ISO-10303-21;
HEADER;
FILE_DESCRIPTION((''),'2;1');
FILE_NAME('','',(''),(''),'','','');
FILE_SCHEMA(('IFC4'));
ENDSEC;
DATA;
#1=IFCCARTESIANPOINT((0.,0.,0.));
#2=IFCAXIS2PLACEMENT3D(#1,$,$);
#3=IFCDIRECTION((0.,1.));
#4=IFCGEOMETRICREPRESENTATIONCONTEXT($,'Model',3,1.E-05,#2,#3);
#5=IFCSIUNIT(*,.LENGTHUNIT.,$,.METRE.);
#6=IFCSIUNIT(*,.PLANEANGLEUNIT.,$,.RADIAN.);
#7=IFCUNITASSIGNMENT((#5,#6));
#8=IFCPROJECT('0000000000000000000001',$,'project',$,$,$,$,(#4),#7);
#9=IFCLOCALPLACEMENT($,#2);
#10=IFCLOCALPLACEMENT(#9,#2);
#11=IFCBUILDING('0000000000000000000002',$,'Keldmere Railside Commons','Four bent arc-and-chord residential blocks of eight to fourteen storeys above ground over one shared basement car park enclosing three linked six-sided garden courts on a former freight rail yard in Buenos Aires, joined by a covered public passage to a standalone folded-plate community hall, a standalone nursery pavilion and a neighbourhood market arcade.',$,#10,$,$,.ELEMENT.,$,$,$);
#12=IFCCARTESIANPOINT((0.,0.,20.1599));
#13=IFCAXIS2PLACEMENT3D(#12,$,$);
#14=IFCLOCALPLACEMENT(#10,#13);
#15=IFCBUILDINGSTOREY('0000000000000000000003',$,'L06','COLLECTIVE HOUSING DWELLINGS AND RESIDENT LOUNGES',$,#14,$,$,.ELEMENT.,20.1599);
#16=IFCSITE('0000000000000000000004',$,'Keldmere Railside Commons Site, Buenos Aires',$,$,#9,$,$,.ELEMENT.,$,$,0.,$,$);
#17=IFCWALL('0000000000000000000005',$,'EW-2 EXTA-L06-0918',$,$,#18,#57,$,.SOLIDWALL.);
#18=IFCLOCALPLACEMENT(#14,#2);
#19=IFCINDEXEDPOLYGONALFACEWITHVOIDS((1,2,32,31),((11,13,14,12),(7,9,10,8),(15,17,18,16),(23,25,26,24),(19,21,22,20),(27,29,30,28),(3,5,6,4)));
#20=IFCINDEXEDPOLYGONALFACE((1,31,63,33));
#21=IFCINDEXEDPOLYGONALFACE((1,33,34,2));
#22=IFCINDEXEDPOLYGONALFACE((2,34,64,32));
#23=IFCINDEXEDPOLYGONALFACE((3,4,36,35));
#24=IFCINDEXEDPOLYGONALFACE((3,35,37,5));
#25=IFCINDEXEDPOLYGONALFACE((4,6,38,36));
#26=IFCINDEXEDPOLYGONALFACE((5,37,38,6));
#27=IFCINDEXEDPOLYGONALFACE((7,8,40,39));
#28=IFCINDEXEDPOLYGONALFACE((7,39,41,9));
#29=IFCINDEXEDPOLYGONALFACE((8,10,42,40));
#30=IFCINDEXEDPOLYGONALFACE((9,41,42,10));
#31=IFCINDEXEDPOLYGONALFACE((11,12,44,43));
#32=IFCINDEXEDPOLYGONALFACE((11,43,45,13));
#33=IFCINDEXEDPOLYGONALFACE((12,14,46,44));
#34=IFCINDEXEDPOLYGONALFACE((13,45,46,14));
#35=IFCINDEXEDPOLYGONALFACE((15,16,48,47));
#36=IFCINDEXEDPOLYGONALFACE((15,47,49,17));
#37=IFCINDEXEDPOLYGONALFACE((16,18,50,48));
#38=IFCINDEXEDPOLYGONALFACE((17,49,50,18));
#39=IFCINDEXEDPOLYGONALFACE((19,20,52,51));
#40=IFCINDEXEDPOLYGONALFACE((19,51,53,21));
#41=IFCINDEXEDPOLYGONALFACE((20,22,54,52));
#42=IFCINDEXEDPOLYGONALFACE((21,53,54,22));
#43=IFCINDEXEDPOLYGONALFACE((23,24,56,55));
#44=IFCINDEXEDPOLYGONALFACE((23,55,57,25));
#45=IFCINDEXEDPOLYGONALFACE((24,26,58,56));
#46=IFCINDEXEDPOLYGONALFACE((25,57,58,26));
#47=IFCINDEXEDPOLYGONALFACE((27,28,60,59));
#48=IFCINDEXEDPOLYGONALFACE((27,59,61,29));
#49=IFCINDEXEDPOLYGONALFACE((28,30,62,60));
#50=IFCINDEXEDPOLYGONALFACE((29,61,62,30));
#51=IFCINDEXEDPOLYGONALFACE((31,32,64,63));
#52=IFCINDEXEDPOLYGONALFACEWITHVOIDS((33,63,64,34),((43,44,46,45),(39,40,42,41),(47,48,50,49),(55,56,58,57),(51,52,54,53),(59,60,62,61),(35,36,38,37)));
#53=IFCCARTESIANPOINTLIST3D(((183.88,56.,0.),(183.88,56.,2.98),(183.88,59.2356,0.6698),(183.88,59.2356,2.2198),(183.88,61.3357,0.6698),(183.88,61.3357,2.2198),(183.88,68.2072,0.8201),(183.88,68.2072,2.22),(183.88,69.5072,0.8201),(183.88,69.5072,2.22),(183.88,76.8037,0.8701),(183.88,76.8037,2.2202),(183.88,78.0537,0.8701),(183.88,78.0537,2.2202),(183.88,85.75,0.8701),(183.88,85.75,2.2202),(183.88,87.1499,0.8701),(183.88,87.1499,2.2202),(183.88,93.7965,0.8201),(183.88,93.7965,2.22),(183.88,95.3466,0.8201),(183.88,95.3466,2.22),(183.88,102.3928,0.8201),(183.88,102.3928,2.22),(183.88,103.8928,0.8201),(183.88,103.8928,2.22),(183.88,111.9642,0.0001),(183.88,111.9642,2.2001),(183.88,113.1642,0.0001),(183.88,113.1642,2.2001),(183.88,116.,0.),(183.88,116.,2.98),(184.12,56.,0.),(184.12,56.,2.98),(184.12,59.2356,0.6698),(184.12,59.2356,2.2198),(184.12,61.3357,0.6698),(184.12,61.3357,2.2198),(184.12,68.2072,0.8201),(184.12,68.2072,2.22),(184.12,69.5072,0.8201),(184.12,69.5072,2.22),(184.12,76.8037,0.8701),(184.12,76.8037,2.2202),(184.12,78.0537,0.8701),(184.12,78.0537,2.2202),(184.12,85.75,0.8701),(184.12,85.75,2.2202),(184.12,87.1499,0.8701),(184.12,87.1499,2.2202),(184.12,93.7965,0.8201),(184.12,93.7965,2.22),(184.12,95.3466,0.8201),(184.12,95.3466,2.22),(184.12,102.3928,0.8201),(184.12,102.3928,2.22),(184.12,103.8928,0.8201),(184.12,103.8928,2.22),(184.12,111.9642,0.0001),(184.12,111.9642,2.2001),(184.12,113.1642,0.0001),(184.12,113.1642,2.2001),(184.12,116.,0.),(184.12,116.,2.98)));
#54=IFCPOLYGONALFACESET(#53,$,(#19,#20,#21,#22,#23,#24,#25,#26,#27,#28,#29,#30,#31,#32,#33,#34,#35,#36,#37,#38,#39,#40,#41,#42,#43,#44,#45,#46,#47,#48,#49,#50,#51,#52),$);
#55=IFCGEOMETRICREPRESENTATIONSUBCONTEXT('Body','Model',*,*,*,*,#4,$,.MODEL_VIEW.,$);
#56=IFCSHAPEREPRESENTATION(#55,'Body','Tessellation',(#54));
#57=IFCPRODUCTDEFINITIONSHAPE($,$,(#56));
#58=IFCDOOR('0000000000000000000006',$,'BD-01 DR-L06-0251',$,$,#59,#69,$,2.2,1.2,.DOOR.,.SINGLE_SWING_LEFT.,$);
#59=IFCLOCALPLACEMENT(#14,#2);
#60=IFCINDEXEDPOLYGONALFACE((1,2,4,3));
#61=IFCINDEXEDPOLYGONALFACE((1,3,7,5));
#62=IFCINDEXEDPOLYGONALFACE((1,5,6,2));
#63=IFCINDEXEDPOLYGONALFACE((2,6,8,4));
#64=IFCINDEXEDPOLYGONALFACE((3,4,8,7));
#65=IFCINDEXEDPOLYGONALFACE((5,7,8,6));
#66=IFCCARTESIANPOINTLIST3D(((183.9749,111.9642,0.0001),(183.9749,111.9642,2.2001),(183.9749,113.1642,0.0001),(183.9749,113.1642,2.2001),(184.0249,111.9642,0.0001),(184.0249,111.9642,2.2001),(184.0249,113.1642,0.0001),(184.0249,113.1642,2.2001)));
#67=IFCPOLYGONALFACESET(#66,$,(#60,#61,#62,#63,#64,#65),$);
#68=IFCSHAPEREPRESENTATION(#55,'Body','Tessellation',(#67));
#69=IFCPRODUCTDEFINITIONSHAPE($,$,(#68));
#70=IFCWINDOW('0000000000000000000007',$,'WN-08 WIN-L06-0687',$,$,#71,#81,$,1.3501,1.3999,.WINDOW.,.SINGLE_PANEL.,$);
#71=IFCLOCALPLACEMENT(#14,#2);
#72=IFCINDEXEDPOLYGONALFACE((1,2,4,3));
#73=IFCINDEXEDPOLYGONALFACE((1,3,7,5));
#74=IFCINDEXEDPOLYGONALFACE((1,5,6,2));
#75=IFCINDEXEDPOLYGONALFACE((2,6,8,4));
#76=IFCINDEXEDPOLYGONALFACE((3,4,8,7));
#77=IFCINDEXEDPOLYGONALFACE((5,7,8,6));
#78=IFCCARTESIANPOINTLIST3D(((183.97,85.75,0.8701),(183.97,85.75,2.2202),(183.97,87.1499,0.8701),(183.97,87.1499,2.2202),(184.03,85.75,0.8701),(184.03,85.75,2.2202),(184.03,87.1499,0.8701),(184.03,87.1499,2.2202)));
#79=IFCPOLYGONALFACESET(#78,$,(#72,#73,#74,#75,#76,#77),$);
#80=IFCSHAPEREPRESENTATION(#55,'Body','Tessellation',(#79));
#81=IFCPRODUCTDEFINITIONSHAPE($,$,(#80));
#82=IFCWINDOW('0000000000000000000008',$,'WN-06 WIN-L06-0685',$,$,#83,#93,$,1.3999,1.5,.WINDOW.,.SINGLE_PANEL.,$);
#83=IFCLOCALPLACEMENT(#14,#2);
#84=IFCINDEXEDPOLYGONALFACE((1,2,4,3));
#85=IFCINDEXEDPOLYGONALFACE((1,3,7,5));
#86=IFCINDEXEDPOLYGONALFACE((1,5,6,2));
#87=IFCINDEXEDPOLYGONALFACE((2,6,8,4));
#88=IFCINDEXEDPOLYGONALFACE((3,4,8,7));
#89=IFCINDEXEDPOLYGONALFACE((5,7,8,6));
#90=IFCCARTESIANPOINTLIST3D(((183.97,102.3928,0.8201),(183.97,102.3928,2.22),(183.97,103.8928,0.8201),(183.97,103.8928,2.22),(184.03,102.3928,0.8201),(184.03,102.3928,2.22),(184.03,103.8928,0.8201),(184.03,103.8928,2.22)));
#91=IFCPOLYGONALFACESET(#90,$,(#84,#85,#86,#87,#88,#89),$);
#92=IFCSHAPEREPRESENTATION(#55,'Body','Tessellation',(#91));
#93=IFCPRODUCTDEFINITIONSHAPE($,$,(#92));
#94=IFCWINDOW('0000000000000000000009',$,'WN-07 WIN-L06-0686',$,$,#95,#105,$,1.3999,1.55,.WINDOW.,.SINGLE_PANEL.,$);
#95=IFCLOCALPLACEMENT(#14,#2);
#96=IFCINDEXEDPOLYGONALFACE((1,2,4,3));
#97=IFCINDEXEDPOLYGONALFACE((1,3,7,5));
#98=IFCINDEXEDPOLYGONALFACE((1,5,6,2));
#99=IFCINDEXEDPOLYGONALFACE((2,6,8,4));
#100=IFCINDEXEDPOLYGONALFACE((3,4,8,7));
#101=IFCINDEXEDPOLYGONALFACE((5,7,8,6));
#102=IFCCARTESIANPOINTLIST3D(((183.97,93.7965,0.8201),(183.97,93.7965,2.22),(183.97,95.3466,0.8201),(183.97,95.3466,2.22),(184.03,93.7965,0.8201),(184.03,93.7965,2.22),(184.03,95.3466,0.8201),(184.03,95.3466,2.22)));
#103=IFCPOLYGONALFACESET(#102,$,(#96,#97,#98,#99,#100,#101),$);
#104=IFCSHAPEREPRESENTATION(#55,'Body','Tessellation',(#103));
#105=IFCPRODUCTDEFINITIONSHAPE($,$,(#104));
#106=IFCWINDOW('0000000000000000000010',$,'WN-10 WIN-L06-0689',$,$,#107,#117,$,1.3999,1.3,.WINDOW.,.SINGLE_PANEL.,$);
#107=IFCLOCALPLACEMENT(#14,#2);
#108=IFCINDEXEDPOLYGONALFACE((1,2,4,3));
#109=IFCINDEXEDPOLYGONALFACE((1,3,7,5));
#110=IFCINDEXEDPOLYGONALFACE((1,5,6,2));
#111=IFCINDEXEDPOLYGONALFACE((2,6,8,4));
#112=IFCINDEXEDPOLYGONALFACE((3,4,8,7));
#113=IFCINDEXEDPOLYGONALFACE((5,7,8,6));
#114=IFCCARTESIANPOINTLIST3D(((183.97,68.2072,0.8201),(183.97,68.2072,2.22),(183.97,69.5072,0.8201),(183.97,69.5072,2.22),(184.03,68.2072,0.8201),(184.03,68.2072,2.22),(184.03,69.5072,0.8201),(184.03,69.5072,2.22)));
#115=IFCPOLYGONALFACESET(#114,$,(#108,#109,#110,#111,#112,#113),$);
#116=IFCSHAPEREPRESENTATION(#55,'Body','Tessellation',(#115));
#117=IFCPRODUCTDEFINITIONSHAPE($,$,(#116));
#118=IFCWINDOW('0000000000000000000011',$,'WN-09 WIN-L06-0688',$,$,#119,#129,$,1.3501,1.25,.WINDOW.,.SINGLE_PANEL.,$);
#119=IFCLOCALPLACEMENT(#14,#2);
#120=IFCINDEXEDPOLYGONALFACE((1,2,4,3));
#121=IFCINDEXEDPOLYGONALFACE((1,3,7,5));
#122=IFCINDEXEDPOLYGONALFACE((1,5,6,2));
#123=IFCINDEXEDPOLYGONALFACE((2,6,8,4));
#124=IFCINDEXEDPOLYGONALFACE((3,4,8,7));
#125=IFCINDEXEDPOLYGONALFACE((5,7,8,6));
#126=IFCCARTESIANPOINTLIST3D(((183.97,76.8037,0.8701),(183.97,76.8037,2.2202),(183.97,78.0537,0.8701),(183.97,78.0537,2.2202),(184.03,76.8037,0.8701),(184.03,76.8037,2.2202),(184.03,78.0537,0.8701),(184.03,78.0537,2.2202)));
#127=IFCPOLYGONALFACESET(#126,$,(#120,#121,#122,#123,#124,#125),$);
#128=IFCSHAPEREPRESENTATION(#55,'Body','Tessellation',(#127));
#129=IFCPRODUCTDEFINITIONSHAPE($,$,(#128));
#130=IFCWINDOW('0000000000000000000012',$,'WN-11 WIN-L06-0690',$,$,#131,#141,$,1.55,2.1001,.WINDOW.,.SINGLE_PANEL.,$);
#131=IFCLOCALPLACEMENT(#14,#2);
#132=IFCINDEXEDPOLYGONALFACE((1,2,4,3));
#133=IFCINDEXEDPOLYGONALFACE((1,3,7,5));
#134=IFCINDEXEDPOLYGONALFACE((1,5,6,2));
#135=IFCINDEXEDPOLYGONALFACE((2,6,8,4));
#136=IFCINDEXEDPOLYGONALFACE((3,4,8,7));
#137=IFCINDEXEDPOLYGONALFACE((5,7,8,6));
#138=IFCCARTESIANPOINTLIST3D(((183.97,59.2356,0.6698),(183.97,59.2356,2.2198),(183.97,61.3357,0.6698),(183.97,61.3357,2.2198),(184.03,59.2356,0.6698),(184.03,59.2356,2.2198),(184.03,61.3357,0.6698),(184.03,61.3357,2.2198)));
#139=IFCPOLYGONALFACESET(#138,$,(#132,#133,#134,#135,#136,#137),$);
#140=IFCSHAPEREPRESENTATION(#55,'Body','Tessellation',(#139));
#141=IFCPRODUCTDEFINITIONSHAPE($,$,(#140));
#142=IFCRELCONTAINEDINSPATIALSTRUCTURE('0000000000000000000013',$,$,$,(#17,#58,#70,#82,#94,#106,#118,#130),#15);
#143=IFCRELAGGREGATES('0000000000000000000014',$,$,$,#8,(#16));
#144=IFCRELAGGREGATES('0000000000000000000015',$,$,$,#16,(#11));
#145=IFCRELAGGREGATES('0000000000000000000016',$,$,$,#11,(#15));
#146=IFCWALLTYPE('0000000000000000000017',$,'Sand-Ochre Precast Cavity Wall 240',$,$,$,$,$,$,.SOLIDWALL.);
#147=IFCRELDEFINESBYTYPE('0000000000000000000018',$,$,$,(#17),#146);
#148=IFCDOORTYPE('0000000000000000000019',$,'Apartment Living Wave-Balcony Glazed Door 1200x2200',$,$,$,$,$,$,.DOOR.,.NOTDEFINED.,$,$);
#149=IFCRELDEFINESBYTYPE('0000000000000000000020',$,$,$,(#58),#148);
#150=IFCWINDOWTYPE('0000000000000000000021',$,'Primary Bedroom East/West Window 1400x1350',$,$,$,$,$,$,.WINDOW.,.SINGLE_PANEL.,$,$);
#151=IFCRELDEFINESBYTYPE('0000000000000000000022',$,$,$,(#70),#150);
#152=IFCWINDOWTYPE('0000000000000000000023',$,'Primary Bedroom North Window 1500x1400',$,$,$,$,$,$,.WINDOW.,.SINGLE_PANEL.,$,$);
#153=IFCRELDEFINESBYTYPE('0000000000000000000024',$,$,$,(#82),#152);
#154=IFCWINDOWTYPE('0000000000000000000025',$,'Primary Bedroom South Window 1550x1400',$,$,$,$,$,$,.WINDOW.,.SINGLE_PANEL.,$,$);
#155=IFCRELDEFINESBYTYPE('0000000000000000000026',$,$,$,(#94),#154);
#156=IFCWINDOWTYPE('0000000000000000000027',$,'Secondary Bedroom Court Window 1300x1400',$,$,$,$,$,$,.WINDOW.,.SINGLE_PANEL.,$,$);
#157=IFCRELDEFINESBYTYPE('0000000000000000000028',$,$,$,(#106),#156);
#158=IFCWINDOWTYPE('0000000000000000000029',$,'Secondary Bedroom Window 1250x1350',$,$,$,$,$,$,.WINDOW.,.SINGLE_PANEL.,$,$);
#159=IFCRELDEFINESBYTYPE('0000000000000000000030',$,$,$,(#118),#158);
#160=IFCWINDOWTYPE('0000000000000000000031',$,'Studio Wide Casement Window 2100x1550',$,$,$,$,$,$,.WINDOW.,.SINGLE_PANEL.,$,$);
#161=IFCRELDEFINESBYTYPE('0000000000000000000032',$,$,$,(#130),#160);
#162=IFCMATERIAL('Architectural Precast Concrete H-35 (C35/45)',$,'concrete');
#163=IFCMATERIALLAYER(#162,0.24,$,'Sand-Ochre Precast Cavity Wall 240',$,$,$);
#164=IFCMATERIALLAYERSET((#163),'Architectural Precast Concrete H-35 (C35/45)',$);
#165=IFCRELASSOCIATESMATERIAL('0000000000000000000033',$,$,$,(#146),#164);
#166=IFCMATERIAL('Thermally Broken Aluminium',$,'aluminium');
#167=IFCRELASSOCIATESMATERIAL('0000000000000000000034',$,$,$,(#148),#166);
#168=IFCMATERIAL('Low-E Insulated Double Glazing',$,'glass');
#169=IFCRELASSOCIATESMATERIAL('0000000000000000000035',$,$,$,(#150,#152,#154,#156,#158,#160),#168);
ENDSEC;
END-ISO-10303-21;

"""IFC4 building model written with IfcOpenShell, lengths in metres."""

from ifc_helpers import new_model, si_unit, direction, frame, frame_2d, origin, place, context, subcontext, project, spatial, rectangle, extrude, material, layer, layer_set, type_object, element, fill, save


model = new_model("IFC4")

# Units and contexts
model_context = context("Model", 3, precision=1e-05, world=origin(), true_north=direction((0.0, 1.0)))
body_context = subcontext(model_context, "Body", "Model", "MODEL_VIEW")
ifc_project = project(units=[si_unit("LENGTHUNIT", "METRE"), si_unit("PLANEANGLEUNIT", "RADIAN")], contexts=[model_context])

# Site, building, storey
site_placement = place(None, origin())
site = spatial("IfcSite", under=ifc_project, at=site_placement, Name="Keldmere Railside Commons Site, Buenos Aires", CompositionType="ELEMENT", RefElevation=0.0)
building_placement = place(site_placement, origin())
building = spatial("IfcBuilding", under=site, at=building_placement, Name="Keldmere Railside Commons", Description="Four bent arc-and-chord residential blocks of eight to fourteen storeys above ground over one shared basement car park enclosing three linked six-sided garden courts on a former freight rail yard in Buenos Aires, joined by a covered public passage to a standalone folded-plate community hall, a standalone nursery pavilion and a neighbourhood market arcade.", CompositionType="ELEMENT")
storey_placement = place(building_placement, frame((0.0, 0.0, 20.1599)))
storey = spatial("IfcBuildingStorey", under=building, at=storey_placement, Name="L06", Description="COLLECTIVE HOUSING DWELLINGS AND RESIDENT LOUNGES", CompositionType="ELEMENT", Elevation=20.1599)

# Wall, openings, door, windows
ifc_material_1 = material(Name="Architectural Precast Concrete H-35 (C35/45)", Category="concrete")
ifc_layer = layer(ifc_material_1, 0.24, Name="Sand-Ochre Precast Cavity Wall 240")
ifc_layer_set = layer_set([ifc_layer], Name="Architectural Precast Concrete H-35 (C35/45)")
wall_type = type_object("IfcWallType", Name="Sand-Ochre Precast Cavity Wall 240", PredefinedType="SOLIDWALL", material=ifc_layer_set)
wall_placement = place(storey_placement, frame((184.0, 116.0, 0.0), z_axis=(0.0, 0.0, 1.0), x_axis=(0.0, -1.0, 0.0)))
wall = element("IfcWall", 1, at=wall_placement, inside=storey, type_object=wall_type, Name="EW-2 EXTA-L06-0918", PredefinedType="SOLIDWALL", context=body_context, shape_type="SweptSolid", body=[
    extrude(rectangle(XDim=60.0, YDim=0.24, at=frame_2d((30.0, 0.0))), origin(), (0.0, 0.0, 1.0), 2.98),
])
opening_1_placement = place(wall_placement, frame((2.8357, 0.0, 0.0)))
opening_1 = element("IfcOpeningElement", 2, at=opening_1_placement, cuts=wall, PredefinedType="OPENING", context=body_context, shape_type="SweptSolid", body=[
    extrude(rectangle(XDim=1.2, YDim=2.2, at=frame_2d((0.6001, 1.1001))), frame((0.0, 0.1299, 0.0), z_axis=(0.0, -1.0, 0.0), x_axis=(1.0, 0.0, 0.0)), (0.0, 0.0, 1.0), 0.26),
])
opening_2_placement = place(wall_placement, frame((12.1072, 0.0, 0.8201)))
opening_2 = element("IfcOpeningElement", 3, at=opening_2_placement, cuts=wall, PredefinedType="OPENING", context=body_context, shape_type="SweptSolid", body=[
    extrude(rectangle(XDim=1.5, YDim=1.3999, at=frame_2d((0.75, 0.7))), frame((0.0, 0.1299, 0.0), z_axis=(0.0, -1.0, 0.0), x_axis=(1.0, 0.0, 0.0)), (0.0, 0.0, 1.0), 0.26),
])
opening_3_placement = place(wall_placement, frame((20.6536, 0.0, 0.8201)))
opening_3 = element("IfcOpeningElement", 4, at=opening_3_placement, cuts=wall, PredefinedType="OPENING", context=body_context, shape_type="SweptSolid", body=[
    extrude(rectangle(XDim=1.55, YDim=1.3999, at=frame_2d((0.7749, 0.7))), frame((0.0, 0.1299, 0.0), z_axis=(0.0, -1.0, 0.0), x_axis=(1.0, 0.0, 0.0)), (0.0, 0.0, 1.0), 0.26),
])
opening_4_placement = place(wall_placement, frame((28.8501, 0.0, 0.8701)))
opening_4 = element("IfcOpeningElement", 5, at=opening_4_placement, cuts=wall, PredefinedType="OPENING", context=body_context, shape_type="SweptSolid", body=[
    extrude(rectangle(XDim=1.3999, YDim=1.3501, at=frame_2d((0.7, 0.675))), frame((0.0, 0.1299, 0.0), z_axis=(0.0, -1.0, 0.0), x_axis=(1.0, 0.0, 0.0)), (0.0, 0.0, 1.0), 0.26),
])
opening_5_placement = place(wall_placement, frame((37.9463, 0.0, 0.8701)))
opening_5 = element("IfcOpeningElement", 6, at=opening_5_placement, cuts=wall, PredefinedType="OPENING", context=body_context, shape_type="SweptSolid", body=[
    extrude(rectangle(XDim=1.25, YDim=1.3501, at=frame_2d((0.625, 0.675))), frame((0.0, 0.1299, 0.0), z_axis=(0.0, -1.0, 0.0), x_axis=(1.0, 0.0, 0.0)), (0.0, 0.0, 1.0), 0.26),
])
opening_6_placement = place(wall_placement, frame((46.4929, 0.0, 0.8201)))
opening_6 = element("IfcOpeningElement", 7, at=opening_6_placement, cuts=wall, PredefinedType="OPENING", context=body_context, shape_type="SweptSolid", body=[
    extrude(rectangle(XDim=1.3, YDim=1.3999, at=frame_2d((0.6499, 0.7))), frame((0.0, 0.1299, 0.0), z_axis=(0.0, -1.0, 0.0), x_axis=(1.0, 0.0, 0.0)), (0.0, 0.0, 1.0), 0.26),
])
opening_7_placement = place(wall_placement, frame((54.6643, 0.0, 0.6699)))
opening_7 = element("IfcOpeningElement", 8, at=opening_7_placement, cuts=wall, PredefinedType="OPENING", context=body_context, shape_type="SweptSolid", body=[
    extrude(rectangle(XDim=2.1001, YDim=1.55, at=frame_2d((1.05, 0.7749))), frame((0.0, 0.1299, 0.0), z_axis=(0.0, -1.0, 0.0), x_axis=(1.0, 0.0, 0.0)), (0.0, 0.0, 1.0), 0.26),
])
ifc_material_2 = material(Name="Thermally Broken Aluminium", Category="aluminium")
door_type = type_object("IfcDoorType", Name="Apartment Living Wave-Balcony Glazed Door 1200x2200", OperationType="NOTDEFINED", PredefinedType="DOOR", material=ifc_material_2)
door_placement = place(opening_1_placement, origin())
door = element("IfcDoor", 9, at=door_placement, inside=storey, type_object=door_type, Name="BD-01 DR-L06-0251", OperationType="SINGLE_SWING_LEFT", OverallHeight=2.2, OverallWidth=1.2, PredefinedType="DOOR", context=body_context, shape_type="SweptSolid", body=[
    extrude(rectangle(XDim=1.2, YDim=2.2, at=frame_2d((0.6001, 1.1001))), frame((0.0, 0.0249, 0.0), z_axis=(0.0, -1.0, 0.0), x_axis=(1.0, 0.0, 0.0)), (0.0, 0.0, 1.0), 0.05),
])
fill(opening_1, door)
ifc_material_3 = material(Name="Low-E Insulated Double Glazing", Category="glass")
window_type_1 = type_object("IfcWindowType", Name="Primary Bedroom East/West Window 1400x1350", PartitioningType="SINGLE_PANEL", PredefinedType="WINDOW", material=ifc_material_3)
window_1_placement = place(opening_4_placement, origin())
window_1 = element("IfcWindow", 10, at=window_1_placement, inside=storey, type_object=window_type_1, Name="WN-08 WIN-L06-0687", OverallHeight=1.3501, OverallWidth=1.3999, PartitioningType="SINGLE_PANEL", PredefinedType="WINDOW", context=body_context, shape_type="SweptSolid", body=[
    extrude(rectangle(XDim=1.3999, YDim=1.3501, at=frame_2d((0.7, 0.675))), frame((0.0, 0.03, 0.0), z_axis=(0.0, -1.0, 0.0), x_axis=(1.0, 0.0, 0.0)), (0.0, 0.0, 1.0), 0.0601),
])
fill(opening_4, window_1)
window_type_2 = type_object("IfcWindowType", Name="Primary Bedroom North Window 1500x1400", PartitioningType="SINGLE_PANEL", PredefinedType="WINDOW", material=ifc_material_3)
window_2_placement = place(opening_2_placement, origin())
window_2 = element("IfcWindow", 11, at=window_2_placement, inside=storey, type_object=window_type_2, Name="WN-06 WIN-L06-0685", OverallHeight=1.3999, OverallWidth=1.5, PartitioningType="SINGLE_PANEL", PredefinedType="WINDOW", context=body_context, shape_type="SweptSolid", body=[
    extrude(rectangle(XDim=1.5, YDim=1.3999, at=frame_2d((0.75, 0.7))), frame((0.0, 0.03, 0.0), z_axis=(0.0, -1.0, 0.0), x_axis=(1.0, 0.0, 0.0)), (0.0, 0.0, 1.0), 0.0601),
])
fill(opening_2, window_2)
window_type_3 = type_object("IfcWindowType", Name="Primary Bedroom South Window 1550x1400", PartitioningType="SINGLE_PANEL", PredefinedType="WINDOW", material=ifc_material_3)
window_3_placement = place(opening_3_placement, origin())
window_3 = element("IfcWindow", 12, at=window_3_placement, inside=storey, type_object=window_type_3, Name="WN-07 WIN-L06-0686", OverallHeight=1.3999, OverallWidth=1.55, PartitioningType="SINGLE_PANEL", PredefinedType="WINDOW", context=body_context, shape_type="SweptSolid", body=[
    extrude(rectangle(XDim=1.55, YDim=1.3999, at=frame_2d((0.7749, 0.7))), frame((0.0, 0.03, 0.0), z_axis=(0.0, -1.0, 0.0), x_axis=(1.0, 0.0, 0.0)), (0.0, 0.0, 1.0), 0.0601),
])
fill(opening_3, window_3)
window_type_4 = type_object("IfcWindowType", Name="Secondary Bedroom Court Window 1300x1400", PartitioningType="SINGLE_PANEL", PredefinedType="WINDOW", material=ifc_material_3)
window_4_placement = place(opening_6_placement, origin())
window_4 = element("IfcWindow", 13, at=window_4_placement, inside=storey, type_object=window_type_4, Name="WN-10 WIN-L06-0689", OverallHeight=1.3999, OverallWidth=1.3, PartitioningType="SINGLE_PANEL", PredefinedType="WINDOW", context=body_context, shape_type="SweptSolid", body=[
    extrude(rectangle(XDim=1.3, YDim=1.3999, at=frame_2d((0.6499, 0.7))), frame((0.0, 0.03, 0.0), z_axis=(0.0, -1.0, 0.0), x_axis=(1.0, 0.0, 0.0)), (0.0, 0.0, 1.0), 0.0601),
])
fill(opening_6, window_4)
window_type_5 = type_object("IfcWindowType", Name="Secondary Bedroom Window 1250x1350", PartitioningType="SINGLE_PANEL", PredefinedType="WINDOW", material=ifc_material_3)
window_5_placement = place(opening_5_placement, origin())
window_5 = element("IfcWindow", 14, at=window_5_placement, inside=storey, type_object=window_type_5, Name="WN-09 WIN-L06-0688", OverallHeight=1.3501, OverallWidth=1.25, PartitioningType="SINGLE_PANEL", PredefinedType="WINDOW", context=body_context, shape_type="SweptSolid", body=[
    extrude(rectangle(XDim=1.25, YDim=1.3501, at=frame_2d((0.625, 0.675))), frame((0.0, 0.03, 0.0), z_axis=(0.0, -1.0, 0.0), x_axis=(1.0, 0.0, 0.0)), (0.0, 0.0, 1.0), 0.0601),
])
fill(opening_5, window_5)
window_type_6 = type_object("IfcWindowType", Name="Studio Wide Casement Window 2100x1550", PartitioningType="SINGLE_PANEL", PredefinedType="WINDOW", material=ifc_material_3)
window_6_placement = place(opening_7_placement, origin())
window_6 = element("IfcWindow", 15, at=window_6_placement, inside=storey, type_object=window_type_6, Name="WN-11 WIN-L06-0690", OverallHeight=1.55, OverallWidth=2.1001, PartitioningType="SINGLE_PANEL", PredefinedType="WINDOW", context=body_context, shape_type="SweptSolid", body=[
    extrude(rectangle(XDim=2.1001, YDim=1.55, at=frame_2d((1.05, 0.7749))), frame((0.0, 0.03, 0.0), z_axis=(0.0, -1.0, 0.0), x_axis=(1.0, 0.0, 0.0)), (0.0, 0.0, 1.0), 0.0601),
])
fill(opening_7, window_6)

save(model, "model.ifc")
